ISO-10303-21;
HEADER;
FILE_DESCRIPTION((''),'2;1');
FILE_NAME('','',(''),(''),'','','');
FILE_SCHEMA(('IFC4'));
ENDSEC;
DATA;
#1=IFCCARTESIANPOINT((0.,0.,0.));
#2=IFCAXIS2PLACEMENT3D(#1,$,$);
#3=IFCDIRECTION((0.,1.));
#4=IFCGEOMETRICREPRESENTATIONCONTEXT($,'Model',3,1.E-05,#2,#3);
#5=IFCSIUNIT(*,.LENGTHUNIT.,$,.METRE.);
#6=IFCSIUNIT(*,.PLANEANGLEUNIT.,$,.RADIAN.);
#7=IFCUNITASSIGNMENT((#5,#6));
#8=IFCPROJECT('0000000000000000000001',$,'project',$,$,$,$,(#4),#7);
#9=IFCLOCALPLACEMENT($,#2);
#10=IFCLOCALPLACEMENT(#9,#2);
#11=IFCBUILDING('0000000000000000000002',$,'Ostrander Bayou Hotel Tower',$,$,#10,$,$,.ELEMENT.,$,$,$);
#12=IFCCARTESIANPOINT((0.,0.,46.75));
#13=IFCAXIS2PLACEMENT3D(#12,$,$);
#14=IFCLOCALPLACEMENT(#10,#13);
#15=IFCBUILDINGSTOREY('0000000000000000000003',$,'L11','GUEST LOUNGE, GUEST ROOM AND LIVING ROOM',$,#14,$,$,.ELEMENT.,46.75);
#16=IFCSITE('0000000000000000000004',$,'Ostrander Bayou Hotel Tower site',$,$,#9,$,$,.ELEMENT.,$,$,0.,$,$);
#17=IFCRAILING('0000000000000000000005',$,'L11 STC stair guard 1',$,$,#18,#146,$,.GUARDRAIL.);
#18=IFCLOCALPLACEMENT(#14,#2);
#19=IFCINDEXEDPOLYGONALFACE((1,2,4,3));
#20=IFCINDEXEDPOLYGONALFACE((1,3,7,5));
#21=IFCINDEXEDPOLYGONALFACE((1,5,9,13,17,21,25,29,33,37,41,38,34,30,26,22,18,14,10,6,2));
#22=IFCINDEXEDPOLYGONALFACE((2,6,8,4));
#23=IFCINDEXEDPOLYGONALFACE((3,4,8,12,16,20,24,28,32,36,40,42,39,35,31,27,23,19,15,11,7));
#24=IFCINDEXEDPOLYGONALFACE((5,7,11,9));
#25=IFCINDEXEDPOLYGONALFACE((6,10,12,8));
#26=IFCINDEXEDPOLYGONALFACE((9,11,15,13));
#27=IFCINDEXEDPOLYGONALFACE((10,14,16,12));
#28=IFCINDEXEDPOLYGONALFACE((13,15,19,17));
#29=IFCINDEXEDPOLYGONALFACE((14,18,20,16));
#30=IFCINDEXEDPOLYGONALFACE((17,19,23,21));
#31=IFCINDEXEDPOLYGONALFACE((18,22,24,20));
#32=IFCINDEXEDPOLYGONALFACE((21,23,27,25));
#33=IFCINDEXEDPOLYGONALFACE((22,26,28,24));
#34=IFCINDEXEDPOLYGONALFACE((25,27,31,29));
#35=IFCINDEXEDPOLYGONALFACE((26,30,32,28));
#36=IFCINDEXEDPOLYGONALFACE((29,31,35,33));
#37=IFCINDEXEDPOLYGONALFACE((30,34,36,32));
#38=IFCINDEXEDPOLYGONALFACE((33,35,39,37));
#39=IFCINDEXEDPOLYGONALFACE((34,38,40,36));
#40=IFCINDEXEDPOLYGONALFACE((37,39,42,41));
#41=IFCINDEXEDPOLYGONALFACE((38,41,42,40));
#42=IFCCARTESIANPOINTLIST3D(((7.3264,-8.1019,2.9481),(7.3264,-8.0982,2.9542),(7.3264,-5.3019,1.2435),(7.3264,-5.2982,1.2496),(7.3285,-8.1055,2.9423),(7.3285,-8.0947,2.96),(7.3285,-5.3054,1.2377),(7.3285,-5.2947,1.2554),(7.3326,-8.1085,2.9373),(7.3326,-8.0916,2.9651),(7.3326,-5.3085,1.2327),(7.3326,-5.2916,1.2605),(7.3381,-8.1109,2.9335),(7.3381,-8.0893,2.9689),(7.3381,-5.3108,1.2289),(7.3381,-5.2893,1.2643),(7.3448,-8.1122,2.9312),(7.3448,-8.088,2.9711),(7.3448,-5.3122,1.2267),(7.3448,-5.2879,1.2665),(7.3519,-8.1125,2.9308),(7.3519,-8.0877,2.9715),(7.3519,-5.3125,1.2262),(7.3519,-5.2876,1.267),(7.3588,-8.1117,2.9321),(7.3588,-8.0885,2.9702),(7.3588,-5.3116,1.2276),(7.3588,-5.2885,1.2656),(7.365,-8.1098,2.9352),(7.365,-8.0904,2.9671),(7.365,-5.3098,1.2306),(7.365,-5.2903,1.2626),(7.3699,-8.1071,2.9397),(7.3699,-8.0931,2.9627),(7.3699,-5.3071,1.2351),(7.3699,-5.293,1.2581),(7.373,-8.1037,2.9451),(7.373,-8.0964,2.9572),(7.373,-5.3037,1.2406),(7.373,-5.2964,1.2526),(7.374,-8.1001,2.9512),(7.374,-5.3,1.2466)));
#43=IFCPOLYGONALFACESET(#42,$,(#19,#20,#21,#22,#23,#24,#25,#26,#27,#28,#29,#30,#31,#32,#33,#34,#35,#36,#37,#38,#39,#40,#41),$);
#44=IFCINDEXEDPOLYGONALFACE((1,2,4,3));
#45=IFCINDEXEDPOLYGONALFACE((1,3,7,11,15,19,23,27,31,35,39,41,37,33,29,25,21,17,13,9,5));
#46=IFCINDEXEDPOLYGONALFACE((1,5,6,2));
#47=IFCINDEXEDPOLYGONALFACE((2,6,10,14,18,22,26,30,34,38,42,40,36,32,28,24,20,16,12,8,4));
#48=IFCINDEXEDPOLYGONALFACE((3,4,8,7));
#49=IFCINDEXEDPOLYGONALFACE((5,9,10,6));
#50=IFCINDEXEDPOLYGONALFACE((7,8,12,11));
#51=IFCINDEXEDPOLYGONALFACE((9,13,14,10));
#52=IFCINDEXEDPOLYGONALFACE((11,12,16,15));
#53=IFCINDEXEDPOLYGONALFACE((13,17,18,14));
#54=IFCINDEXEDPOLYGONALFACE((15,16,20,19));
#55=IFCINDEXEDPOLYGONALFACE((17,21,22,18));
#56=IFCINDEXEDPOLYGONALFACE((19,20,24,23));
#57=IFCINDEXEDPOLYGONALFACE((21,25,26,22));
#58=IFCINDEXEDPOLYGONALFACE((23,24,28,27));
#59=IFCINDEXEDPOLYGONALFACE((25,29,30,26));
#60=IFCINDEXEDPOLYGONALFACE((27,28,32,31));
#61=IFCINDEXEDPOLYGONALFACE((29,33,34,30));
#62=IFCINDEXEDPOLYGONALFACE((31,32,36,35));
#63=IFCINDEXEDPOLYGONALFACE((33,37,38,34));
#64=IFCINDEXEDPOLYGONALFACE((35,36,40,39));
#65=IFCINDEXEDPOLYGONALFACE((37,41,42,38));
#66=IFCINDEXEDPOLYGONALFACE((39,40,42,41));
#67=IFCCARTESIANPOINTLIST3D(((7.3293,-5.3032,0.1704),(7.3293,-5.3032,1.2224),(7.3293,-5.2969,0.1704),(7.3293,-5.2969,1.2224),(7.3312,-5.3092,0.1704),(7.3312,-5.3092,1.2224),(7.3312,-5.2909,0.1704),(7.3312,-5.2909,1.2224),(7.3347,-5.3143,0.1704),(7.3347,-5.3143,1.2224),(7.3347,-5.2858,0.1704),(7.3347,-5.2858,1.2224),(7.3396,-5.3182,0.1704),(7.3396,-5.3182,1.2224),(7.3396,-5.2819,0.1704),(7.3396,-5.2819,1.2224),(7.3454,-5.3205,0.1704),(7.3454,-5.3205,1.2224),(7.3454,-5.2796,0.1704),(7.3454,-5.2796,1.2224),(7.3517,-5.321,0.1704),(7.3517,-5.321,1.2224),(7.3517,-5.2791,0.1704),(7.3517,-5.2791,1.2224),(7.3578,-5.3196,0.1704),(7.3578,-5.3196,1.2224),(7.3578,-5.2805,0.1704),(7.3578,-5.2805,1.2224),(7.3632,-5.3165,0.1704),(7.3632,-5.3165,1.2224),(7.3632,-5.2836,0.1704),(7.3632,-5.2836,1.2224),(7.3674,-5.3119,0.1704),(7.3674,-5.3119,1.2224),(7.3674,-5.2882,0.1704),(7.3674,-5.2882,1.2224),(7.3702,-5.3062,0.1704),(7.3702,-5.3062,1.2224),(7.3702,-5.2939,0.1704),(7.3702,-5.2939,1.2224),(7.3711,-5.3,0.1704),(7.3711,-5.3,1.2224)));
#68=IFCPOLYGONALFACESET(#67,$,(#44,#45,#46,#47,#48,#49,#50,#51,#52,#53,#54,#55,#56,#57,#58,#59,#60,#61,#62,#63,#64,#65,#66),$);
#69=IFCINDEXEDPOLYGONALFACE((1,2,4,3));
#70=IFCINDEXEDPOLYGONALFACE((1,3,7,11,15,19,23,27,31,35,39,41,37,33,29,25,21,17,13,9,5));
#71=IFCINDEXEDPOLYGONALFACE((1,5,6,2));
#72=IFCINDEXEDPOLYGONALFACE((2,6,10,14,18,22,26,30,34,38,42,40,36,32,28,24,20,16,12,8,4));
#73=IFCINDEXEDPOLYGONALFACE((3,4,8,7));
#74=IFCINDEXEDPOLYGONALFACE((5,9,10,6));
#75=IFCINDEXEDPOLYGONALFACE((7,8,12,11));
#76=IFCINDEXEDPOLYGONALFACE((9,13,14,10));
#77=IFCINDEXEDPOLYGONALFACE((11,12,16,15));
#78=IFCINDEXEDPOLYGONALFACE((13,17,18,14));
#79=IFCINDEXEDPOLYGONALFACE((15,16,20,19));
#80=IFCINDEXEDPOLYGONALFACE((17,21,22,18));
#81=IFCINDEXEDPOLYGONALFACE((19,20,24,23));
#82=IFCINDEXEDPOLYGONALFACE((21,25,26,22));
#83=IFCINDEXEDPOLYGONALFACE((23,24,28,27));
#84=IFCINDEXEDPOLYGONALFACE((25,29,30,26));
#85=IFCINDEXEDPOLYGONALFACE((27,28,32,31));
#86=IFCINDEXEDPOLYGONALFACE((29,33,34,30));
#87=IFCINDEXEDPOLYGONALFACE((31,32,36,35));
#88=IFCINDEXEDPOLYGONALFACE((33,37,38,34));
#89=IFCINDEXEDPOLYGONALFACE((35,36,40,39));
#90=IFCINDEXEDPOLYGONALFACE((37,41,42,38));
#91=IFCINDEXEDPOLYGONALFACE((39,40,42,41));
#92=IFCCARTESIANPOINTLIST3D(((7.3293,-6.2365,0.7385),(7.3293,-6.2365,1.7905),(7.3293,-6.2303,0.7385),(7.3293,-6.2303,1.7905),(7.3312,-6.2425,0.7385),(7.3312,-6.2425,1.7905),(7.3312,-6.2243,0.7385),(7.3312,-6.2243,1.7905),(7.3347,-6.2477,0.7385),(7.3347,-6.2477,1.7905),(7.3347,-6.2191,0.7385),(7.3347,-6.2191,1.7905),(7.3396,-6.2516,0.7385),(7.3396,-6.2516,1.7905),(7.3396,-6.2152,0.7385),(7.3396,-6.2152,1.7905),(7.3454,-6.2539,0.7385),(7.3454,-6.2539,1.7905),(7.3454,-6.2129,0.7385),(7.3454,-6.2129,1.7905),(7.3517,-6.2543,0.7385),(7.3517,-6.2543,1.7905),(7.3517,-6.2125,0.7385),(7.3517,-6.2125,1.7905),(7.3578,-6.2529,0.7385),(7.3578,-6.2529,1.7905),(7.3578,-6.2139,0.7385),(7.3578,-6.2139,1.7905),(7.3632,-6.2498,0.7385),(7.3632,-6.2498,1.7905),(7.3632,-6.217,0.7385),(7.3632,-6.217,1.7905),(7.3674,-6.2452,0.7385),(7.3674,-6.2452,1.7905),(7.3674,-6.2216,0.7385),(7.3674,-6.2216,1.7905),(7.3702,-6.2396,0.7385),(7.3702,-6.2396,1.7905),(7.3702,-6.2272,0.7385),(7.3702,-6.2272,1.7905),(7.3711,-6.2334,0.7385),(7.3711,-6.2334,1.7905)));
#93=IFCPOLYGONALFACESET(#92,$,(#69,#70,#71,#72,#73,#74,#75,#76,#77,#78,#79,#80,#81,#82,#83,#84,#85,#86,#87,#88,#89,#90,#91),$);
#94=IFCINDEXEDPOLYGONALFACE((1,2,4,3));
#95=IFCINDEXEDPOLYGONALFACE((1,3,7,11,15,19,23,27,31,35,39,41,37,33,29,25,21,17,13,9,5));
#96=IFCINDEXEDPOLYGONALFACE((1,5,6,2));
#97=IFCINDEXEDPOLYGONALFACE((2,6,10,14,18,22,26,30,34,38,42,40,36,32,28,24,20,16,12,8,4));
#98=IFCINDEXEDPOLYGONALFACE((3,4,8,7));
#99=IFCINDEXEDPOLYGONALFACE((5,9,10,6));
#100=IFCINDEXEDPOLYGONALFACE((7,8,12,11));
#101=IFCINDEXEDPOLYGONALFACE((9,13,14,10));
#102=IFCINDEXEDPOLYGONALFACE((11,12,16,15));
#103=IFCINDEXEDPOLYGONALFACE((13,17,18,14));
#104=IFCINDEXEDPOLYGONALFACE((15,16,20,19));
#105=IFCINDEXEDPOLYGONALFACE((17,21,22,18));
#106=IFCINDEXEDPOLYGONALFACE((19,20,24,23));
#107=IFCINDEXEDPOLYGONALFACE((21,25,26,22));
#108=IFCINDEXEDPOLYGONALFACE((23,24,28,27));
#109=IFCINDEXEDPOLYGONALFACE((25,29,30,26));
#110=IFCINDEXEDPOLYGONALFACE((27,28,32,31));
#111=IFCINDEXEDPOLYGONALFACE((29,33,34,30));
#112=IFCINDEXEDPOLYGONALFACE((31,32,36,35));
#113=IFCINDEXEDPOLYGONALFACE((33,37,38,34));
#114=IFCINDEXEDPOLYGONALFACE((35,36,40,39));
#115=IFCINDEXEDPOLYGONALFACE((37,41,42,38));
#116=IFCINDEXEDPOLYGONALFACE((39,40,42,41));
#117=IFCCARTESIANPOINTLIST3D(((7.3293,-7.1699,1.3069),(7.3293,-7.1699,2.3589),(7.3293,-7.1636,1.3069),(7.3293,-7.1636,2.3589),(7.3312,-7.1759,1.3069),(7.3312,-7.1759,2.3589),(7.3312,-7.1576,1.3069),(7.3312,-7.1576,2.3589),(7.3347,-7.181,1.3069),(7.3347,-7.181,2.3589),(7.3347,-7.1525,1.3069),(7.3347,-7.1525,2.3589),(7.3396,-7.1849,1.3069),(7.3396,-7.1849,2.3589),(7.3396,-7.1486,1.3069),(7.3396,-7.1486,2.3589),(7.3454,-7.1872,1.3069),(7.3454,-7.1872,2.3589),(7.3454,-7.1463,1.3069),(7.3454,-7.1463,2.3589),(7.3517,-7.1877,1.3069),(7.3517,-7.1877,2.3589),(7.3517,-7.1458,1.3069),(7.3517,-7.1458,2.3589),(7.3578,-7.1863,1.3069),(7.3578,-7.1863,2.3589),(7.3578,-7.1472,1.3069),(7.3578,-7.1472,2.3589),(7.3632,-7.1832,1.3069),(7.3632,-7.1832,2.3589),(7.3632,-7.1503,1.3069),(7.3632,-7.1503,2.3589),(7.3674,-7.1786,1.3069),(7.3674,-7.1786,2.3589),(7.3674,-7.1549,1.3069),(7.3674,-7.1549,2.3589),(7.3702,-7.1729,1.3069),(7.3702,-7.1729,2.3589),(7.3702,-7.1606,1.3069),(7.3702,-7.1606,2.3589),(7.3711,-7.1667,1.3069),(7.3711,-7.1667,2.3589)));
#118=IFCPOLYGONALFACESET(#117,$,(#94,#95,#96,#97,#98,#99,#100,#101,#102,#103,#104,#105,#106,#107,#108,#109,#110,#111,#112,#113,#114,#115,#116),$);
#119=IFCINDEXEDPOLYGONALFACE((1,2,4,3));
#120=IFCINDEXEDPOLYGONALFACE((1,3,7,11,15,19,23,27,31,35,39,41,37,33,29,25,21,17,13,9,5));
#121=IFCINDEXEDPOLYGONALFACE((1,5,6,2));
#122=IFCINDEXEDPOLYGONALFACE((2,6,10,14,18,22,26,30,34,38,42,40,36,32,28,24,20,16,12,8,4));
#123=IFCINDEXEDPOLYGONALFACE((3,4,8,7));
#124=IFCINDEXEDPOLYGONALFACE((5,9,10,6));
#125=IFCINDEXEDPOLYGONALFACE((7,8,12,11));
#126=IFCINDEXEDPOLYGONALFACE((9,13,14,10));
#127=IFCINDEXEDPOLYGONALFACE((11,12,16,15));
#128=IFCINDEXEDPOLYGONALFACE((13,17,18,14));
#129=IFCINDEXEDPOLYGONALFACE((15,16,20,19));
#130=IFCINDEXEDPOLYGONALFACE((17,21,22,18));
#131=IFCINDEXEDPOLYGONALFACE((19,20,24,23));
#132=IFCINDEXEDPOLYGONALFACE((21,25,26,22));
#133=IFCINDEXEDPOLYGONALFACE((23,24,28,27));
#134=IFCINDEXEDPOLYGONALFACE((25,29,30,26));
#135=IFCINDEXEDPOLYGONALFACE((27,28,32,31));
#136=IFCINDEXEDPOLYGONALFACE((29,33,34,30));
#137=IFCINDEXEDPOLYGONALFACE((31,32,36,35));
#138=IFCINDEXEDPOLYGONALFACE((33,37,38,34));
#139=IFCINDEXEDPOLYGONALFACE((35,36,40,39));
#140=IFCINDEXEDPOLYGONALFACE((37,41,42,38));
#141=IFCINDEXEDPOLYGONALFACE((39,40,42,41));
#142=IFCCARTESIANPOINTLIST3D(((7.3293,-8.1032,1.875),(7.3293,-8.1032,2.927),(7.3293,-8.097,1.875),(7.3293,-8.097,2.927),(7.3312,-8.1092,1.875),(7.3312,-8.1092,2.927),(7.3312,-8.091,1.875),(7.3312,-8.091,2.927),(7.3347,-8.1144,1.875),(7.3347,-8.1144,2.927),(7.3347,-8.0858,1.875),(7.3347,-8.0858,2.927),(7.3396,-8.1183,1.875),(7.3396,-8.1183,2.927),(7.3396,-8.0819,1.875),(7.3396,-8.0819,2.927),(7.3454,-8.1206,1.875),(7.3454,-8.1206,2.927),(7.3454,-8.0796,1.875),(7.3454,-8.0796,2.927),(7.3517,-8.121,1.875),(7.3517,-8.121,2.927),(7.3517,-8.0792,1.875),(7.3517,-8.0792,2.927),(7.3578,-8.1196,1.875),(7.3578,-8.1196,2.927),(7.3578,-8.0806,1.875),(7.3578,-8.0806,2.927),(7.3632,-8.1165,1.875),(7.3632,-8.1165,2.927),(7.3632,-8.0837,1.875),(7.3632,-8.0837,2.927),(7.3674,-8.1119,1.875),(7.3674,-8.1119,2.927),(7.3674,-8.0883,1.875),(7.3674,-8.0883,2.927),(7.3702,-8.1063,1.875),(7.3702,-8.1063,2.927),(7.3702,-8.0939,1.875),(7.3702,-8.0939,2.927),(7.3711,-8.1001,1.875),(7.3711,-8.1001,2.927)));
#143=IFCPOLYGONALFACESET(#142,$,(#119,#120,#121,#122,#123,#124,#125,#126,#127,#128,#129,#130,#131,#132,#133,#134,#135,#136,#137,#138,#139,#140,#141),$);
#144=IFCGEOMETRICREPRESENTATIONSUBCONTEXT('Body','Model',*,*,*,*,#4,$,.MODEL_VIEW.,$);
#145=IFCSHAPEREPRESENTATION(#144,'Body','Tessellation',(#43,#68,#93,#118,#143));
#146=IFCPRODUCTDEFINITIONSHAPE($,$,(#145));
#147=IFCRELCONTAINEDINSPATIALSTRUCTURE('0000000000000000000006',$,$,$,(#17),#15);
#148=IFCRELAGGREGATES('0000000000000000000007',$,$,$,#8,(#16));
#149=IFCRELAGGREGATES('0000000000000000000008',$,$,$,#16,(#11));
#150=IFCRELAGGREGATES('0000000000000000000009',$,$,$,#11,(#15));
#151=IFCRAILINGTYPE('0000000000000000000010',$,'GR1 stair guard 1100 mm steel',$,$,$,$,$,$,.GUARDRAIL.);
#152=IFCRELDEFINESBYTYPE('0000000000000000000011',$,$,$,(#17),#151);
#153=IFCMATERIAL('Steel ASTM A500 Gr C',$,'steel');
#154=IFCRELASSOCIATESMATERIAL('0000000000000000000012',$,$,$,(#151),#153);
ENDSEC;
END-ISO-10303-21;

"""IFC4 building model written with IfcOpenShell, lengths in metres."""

from ifc_helpers import new_model, si_unit, direction, frame, origin, origin_2d, place, context, subcontext, project, spatial, circle, extrude, material, type_object, element, save


model = new_model("IFC4")

# Units and contexts
model_context = context("Model", 3, precision=1e-05, world=origin(), true_north=direction((0.0, 1.0)))
body_context = subcontext(model_context, "Body", "Model", "MODEL_VIEW")
ifc_project = project(units=[si_unit("LENGTHUNIT", "METRE"), si_unit("PLANEANGLEUNIT", "RADIAN")], contexts=[model_context])

# Site, building, storey
site_placement = place(None, origin())
site = spatial("IfcSite", under=ifc_project, at=site_placement, Name="Ostrander Bayou Hotel Tower site", CompositionType="ELEMENT", RefElevation=0.0)
building_placement = place(site_placement, origin())
building = spatial("IfcBuilding", under=site, at=building_placement, Name="Ostrander Bayou Hotel Tower", CompositionType="ELEMENT")
storey_placement = place(building_placement, frame((0.0, 0.0, 46.75)))
storey = spatial("IfcBuildingStorey", under=building, at=storey_placement, Name="L11", Description="GUEST LOUNGE, GUEST ROOM AND LIVING ROOM", CompositionType="ELEMENT", Elevation=46.75)

# Railing
ifc_material_1 = material(Name="Steel ASTM A500 Gr C", Category="steel")
railing_type = type_object("IfcRailingType", Name="GR1 stair guard 1100 mm steel", PredefinedType="GUARDRAIL", material=ifc_material_1)
railing_1_placement = place(storey_placement, frame((7.3501, -5.3, 0.1704)))
element("IfcRailing", 1, at=railing_1_placement, inside=storey, type_object=railing_type, Name="L11 STC stair guard 1", PredefinedType="GUARDRAIL", context=body_context, shape_type="SweptSolid", body=[
    extrude(circle(Radius=0.0239, at=origin_2d()), frame((0.0, 0.0, 1.0762), z_axis=(0.0, -0.85417, 0.519994), x_axis=(1.0, 0.0, 0.0)), (0.0, 0.0, 1.0), 3.2781),
    extrude(circle(Radius=0.021, at=origin_2d()), origin(), (0.0, 0.0, 1.0), 1.052),
    extrude(circle(Radius=0.021, at=origin_2d()), frame((0.0, -0.9333, 0.5681)), (0.0, 0.0, 1.0), 1.052),
    extrude(circle(Radius=0.021, at=origin_2d()), frame((0.0, -1.8667, 1.1365)), (0.0, 0.0, 1.0), 1.052),
    extrude(circle(Radius=0.021, at=origin_2d()), frame((0.0, -2.8, 1.7046)), (0.0, 0.0, 1.0), 1.052),
])

save(model, "model.ifc")
